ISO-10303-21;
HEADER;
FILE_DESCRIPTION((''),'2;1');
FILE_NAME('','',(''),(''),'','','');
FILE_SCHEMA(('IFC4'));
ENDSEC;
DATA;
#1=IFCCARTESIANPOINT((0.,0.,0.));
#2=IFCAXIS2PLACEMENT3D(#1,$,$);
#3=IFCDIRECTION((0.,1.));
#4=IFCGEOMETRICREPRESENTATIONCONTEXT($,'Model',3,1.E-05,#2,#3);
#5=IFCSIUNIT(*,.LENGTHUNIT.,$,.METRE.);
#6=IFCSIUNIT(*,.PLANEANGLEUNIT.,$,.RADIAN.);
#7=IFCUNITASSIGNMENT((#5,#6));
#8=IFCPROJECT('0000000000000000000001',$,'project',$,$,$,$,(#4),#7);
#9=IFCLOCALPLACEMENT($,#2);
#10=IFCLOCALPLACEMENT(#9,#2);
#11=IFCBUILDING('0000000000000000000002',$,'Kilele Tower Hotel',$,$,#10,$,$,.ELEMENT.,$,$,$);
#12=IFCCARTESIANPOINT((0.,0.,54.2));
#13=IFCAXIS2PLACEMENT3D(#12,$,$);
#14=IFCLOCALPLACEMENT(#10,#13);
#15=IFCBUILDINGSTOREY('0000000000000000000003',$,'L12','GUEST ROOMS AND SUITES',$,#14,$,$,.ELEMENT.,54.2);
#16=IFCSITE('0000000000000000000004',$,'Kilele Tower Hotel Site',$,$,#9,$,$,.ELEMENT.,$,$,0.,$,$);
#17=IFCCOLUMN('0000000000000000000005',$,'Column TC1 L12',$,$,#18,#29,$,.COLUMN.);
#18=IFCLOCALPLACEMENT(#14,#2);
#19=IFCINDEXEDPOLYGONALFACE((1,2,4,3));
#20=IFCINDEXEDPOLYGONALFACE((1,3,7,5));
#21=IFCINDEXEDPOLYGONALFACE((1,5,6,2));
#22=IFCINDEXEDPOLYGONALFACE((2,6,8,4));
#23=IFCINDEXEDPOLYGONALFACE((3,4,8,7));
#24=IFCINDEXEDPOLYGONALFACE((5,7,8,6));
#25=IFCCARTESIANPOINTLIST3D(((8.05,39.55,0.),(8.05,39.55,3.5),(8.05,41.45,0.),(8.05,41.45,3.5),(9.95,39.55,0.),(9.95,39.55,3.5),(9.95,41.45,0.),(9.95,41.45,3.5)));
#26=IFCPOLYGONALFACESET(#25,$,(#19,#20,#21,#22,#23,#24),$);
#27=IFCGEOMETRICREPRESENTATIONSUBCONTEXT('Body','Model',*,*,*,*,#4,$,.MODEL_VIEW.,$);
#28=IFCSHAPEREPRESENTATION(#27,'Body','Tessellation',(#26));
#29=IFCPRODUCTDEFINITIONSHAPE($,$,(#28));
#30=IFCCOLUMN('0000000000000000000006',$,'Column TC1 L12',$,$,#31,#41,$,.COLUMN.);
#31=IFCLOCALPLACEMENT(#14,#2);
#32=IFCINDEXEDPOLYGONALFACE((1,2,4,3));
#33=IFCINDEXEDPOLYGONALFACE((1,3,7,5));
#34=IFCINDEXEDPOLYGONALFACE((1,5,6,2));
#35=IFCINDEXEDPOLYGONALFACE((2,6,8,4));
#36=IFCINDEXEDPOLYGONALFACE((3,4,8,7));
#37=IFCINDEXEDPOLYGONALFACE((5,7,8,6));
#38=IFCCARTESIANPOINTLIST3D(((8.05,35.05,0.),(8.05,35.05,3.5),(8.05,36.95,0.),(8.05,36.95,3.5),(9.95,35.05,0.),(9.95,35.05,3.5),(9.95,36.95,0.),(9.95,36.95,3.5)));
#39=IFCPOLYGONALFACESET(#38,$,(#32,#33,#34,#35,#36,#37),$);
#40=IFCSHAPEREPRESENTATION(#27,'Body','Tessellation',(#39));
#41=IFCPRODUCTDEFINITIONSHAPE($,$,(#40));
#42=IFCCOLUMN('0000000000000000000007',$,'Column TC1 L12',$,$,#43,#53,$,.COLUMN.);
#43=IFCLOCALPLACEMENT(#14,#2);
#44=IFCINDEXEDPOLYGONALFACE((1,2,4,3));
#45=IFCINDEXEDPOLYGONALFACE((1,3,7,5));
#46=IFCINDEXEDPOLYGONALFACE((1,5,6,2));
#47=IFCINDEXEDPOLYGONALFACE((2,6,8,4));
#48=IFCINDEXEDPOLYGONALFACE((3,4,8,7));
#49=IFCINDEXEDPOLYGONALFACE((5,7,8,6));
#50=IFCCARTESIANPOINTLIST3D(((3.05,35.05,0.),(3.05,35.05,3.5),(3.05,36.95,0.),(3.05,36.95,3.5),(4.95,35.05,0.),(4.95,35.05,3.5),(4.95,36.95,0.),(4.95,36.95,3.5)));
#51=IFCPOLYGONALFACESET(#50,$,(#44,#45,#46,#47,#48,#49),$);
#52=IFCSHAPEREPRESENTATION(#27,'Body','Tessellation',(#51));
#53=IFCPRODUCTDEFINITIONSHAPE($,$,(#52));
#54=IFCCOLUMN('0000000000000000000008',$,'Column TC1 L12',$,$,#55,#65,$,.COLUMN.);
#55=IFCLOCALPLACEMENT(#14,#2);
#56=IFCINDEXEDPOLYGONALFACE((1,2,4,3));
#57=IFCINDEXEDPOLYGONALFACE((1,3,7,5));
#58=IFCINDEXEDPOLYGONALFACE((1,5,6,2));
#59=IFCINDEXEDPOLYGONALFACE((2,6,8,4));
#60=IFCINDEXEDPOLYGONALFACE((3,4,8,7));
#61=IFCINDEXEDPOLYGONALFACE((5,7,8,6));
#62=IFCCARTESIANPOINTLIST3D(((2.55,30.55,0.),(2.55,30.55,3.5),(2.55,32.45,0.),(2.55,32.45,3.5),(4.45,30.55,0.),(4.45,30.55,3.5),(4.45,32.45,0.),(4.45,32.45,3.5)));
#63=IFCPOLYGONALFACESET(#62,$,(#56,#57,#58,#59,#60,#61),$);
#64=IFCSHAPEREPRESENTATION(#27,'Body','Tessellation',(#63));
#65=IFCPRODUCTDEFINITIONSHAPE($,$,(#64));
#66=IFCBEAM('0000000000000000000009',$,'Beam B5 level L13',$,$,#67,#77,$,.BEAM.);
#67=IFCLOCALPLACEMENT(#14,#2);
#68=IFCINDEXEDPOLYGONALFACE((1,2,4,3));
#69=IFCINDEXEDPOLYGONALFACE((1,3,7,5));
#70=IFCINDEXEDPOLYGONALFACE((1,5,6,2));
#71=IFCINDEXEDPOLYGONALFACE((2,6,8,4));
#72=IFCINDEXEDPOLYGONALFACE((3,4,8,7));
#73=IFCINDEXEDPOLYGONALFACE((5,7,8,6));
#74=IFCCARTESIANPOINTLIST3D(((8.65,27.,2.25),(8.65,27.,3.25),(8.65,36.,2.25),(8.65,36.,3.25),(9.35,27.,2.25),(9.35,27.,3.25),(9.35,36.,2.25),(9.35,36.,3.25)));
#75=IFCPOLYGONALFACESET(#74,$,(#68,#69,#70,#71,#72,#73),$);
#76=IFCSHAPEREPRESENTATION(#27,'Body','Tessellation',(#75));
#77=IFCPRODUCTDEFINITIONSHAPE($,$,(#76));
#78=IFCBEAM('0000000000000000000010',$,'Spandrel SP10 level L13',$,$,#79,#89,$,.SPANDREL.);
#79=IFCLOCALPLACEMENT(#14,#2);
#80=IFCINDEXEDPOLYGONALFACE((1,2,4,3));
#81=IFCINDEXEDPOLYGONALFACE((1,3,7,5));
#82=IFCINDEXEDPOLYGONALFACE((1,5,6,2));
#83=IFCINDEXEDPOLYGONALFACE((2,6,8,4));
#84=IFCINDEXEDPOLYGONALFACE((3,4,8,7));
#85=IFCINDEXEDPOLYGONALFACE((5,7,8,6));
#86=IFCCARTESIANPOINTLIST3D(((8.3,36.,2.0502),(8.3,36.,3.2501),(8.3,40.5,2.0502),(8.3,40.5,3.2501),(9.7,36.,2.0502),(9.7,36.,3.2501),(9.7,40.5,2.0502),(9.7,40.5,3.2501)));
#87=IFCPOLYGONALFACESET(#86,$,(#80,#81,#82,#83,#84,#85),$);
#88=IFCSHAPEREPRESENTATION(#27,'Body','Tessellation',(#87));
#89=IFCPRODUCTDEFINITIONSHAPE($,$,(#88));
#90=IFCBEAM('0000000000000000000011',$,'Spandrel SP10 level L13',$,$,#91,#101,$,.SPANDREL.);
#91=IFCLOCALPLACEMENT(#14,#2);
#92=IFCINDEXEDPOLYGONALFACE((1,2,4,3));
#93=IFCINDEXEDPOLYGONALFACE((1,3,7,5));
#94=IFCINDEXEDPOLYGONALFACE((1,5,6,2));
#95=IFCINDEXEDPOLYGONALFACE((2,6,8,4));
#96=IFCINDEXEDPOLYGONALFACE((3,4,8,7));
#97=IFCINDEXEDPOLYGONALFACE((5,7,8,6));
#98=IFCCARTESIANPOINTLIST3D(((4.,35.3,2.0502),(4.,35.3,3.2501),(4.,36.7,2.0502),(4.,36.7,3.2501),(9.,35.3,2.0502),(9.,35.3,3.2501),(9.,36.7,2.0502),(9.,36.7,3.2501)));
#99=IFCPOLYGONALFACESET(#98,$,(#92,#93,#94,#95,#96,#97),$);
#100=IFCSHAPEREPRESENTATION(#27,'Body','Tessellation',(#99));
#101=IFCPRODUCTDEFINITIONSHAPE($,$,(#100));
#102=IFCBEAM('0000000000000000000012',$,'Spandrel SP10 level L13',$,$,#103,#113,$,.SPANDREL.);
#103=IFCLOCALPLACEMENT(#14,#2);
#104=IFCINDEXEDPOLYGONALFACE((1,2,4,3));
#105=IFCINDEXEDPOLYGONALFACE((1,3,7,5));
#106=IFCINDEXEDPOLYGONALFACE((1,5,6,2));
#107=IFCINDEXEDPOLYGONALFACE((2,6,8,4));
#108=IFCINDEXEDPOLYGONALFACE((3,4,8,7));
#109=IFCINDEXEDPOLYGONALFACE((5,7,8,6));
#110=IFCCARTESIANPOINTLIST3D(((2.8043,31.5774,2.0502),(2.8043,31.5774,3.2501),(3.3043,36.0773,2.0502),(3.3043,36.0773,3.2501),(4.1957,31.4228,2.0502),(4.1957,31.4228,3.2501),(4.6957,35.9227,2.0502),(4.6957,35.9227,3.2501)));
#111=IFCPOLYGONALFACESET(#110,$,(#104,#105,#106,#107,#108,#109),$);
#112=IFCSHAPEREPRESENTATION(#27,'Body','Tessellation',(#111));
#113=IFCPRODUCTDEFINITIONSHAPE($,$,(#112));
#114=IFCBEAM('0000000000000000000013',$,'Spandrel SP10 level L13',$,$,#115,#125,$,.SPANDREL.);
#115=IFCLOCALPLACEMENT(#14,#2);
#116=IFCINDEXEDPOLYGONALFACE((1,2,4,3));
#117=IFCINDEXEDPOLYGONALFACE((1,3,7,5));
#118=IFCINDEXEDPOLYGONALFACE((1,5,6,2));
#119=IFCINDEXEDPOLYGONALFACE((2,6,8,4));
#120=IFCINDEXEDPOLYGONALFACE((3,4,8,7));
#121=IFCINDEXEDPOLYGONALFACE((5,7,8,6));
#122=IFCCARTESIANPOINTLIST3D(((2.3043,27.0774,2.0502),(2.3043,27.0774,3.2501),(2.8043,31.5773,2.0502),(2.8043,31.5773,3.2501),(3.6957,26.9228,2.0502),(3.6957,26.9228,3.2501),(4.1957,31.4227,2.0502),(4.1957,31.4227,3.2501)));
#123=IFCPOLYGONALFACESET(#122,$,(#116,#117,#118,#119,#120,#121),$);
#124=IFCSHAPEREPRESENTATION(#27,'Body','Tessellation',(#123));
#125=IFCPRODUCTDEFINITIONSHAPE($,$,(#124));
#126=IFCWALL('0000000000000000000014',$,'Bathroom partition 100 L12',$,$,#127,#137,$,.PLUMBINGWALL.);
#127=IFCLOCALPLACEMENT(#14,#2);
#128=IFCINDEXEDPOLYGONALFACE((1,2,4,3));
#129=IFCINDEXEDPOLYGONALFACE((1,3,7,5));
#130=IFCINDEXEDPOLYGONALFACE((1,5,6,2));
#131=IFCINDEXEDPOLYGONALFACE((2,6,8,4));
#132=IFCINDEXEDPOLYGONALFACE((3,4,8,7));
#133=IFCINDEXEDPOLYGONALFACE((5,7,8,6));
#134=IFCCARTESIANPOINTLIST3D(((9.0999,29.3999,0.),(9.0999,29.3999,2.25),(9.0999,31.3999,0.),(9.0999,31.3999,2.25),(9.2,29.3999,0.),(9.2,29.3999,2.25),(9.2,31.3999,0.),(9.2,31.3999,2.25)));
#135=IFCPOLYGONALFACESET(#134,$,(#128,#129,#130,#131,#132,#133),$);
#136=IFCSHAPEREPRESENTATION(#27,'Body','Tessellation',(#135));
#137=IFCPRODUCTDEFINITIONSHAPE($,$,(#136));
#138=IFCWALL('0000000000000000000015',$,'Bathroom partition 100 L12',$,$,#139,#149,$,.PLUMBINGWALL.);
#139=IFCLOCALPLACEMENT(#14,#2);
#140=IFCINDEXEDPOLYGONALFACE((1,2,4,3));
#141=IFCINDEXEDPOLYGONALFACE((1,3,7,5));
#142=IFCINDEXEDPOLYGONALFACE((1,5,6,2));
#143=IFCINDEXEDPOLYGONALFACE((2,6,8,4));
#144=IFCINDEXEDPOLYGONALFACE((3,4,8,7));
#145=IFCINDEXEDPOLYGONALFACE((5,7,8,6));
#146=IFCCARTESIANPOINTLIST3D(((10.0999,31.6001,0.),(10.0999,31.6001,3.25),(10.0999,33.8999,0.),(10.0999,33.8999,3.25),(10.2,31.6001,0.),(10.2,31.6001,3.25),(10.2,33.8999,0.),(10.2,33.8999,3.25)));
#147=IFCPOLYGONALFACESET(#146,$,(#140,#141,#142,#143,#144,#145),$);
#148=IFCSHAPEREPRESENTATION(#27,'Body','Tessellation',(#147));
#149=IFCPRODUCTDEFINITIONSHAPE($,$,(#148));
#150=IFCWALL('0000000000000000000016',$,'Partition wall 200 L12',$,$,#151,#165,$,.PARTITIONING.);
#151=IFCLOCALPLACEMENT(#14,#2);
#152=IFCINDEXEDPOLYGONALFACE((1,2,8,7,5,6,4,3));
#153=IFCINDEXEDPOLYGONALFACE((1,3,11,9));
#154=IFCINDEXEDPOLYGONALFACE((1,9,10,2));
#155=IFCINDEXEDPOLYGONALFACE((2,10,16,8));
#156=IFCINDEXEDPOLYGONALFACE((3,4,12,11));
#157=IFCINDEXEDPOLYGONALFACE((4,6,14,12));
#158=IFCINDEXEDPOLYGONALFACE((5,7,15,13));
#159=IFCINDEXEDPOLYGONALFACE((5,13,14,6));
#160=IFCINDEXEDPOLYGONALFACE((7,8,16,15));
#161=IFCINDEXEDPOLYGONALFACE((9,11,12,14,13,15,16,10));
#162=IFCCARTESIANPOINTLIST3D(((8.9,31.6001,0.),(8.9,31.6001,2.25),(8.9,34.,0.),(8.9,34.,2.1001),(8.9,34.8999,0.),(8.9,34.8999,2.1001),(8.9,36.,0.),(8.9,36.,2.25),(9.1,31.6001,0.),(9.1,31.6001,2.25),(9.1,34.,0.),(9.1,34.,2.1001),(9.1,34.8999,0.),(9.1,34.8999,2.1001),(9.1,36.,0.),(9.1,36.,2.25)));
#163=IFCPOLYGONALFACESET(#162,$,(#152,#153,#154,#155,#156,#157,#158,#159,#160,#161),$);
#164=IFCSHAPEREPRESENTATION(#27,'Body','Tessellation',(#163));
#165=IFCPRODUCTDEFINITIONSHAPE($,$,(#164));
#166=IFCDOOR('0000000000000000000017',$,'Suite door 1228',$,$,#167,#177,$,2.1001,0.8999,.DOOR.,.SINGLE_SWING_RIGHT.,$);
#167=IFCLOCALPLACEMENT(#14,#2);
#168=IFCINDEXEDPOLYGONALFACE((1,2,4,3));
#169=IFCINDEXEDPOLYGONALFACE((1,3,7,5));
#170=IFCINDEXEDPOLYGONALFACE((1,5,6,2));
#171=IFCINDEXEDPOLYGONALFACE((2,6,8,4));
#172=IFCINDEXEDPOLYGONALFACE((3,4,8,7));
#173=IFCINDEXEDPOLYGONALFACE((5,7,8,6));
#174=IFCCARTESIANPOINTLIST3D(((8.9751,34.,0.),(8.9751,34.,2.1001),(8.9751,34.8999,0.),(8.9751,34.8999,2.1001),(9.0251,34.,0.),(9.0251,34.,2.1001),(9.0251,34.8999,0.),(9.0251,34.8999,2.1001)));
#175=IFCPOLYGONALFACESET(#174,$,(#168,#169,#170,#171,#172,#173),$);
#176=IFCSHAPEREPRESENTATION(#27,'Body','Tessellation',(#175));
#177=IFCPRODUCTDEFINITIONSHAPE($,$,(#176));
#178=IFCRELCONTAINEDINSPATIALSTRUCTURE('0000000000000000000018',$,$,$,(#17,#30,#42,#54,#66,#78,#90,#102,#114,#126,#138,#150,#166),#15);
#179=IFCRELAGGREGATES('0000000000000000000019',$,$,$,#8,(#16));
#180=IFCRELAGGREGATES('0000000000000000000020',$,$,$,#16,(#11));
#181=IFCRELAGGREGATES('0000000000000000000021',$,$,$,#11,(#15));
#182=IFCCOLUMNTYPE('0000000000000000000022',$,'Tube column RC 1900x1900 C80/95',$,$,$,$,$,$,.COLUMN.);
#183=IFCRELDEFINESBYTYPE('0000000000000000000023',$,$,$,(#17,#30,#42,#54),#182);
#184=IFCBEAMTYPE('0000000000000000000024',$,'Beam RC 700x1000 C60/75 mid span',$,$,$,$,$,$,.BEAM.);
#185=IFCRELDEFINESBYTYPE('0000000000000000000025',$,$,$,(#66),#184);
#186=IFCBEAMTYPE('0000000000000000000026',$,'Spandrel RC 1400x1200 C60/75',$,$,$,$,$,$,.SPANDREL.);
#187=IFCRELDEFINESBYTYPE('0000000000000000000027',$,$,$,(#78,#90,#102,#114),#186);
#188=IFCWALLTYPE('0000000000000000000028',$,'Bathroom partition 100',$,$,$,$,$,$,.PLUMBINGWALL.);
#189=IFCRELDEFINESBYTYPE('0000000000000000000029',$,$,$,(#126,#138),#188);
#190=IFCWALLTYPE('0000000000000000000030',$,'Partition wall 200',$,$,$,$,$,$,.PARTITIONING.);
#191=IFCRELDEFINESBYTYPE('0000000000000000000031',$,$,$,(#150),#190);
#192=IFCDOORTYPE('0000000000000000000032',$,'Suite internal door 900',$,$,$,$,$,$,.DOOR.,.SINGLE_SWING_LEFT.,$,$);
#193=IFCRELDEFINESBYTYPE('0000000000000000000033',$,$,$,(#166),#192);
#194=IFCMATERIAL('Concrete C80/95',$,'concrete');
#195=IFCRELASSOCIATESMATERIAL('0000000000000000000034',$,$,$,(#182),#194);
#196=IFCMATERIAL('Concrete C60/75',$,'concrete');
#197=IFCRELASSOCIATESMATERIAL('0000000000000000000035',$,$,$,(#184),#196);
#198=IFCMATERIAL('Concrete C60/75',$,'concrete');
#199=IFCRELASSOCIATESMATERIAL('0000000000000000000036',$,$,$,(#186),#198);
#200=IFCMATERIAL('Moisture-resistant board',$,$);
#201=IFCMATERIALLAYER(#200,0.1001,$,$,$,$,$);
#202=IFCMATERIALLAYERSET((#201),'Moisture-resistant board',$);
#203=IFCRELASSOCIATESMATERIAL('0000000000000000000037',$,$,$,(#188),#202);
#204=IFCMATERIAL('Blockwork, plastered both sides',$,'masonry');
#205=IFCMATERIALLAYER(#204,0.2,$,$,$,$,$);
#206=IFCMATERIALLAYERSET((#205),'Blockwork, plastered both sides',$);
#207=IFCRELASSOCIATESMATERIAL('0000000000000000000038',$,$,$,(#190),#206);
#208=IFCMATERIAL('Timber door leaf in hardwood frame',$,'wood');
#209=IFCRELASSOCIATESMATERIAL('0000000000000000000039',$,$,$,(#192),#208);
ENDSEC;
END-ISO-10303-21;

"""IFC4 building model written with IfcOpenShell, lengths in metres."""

from ifc_helpers import new_model, si_unit, direction, frame, frame_2d, origin, origin_2d, place, context, subcontext, project, spatial, rectangle, extrude, material, layer, layer_set, material_profile, profile_set, type_object, element, fill, save


model = new_model("IFC4")

# Units and contexts
model_context = context("Model", 3, precision=1e-05, world=origin(), true_north=direction((0.0, 1.0)))
body_context = subcontext(model_context, "Body", "Model", "MODEL_VIEW")
ifc_project = project(units=[si_unit("LENGTHUNIT", "METRE"), si_unit("PLANEANGLEUNIT", "RADIAN")], contexts=[model_context])

# Site, building, storey
site_placement = place(None, origin())
site = spatial("IfcSite", under=ifc_project, at=site_placement, Name="Kilele Tower Hotel Site", CompositionType="ELEMENT", RefElevation=0.0)
building_placement = place(site_placement, origin())
building = spatial("IfcBuilding", under=site, at=building_placement, Name="Kilele Tower Hotel", CompositionType="ELEMENT")
storey_placement = place(building_placement, frame((0.0, 0.0, 54.2)))
storey = spatial("IfcBuildingStorey", under=building, at=storey_placement, Name="L12", Description="GUEST ROOMS AND SUITES", CompositionType="ELEMENT", Elevation=54.2)

# Columns
ifc_material_1 = material(Name="Concrete C80/95", Category="concrete")
ifc_material_profile_1 = material_profile(ifc_material_1, rectangle(XDim=1.8999, YDim=1.8999, at=origin_2d()))
ifc_profile_set_1 = profile_set([ifc_material_profile_1], Name="Concrete C80/95")
column_type = type_object("IfcColumnType", Name="Tube column RC 1900x1900 C80/95", PredefinedType="COLUMN", material=ifc_profile_set_1)
for number, where, z_axis, x_axis, name in (
    (1, (9.0, 40.5, 0.0), (0.0, 0.0, 1.0), (1.0, 0.0, 0.0), "Column TC1 L12"),
    (2, (9.0, 36.0, 0.0), (0.0, 0.0, 1.0), (1.0, 0.0, 0.0), "Column TC1 L12"),
    (3, (4.0, 36.0, 0.0), (0.0, 0.0, 1.0), (1.0, 0.0, 0.0), "Column TC1 L12"),
    (4, (3.5, 31.5, 0.0), (0.0, 0.0, 1.0), (1.0, 0.0, 0.0), "Column TC1 L12"),
):
    element("IfcColumn", number, at=place(storey_placement, frame(where, z_axis=z_axis, x_axis=x_axis)), inside=storey, type_object=column_type, Name=name, PredefinedType="COLUMN", context=body_context, shape_type="SweptSolid", body=[
        extrude(rectangle(XDim=1.8999, YDim=1.8999, at=origin_2d()), origin(), (0.0, 0.0, 1.0), 3.5),
    ])

# Beams
ifc_material_2 = material(Name="Concrete C60/75", Category="concrete")
ifc_material_profile_2 = material_profile(ifc_material_2, rectangle(XDim=0.7, YDim=1.0, at=origin_2d()))
ifc_profile_set_2 = profile_set([ifc_material_profile_2], Name="Concrete C60/75")
beam_type_1 = type_object("IfcBeamType", Name="Beam RC 700x1000 C60/75 mid span", PredefinedType="BEAM", material=ifc_profile_set_2)
beam_1_placement = place(storey_placement, frame((9.0, 36.0, 2.75), z_axis=(0.0, -1.0, 0.0), x_axis=(1.0, 0.0, 0.0)))
element("IfcBeam", 5, at=beam_1_placement, inside=storey, type_object=beam_type_1, Name="Beam B5 level L13", PredefinedType="BEAM", context=body_context, shape_type="SweptSolid", body=[
    extrude(rectangle(XDim=0.7, YDim=1.0, at=origin_2d()), origin(), (0.0, 0.0, 1.0), 9.0),
])
ifc_material_3 = material(Name="Concrete C60/75", Category="concrete")
ifc_material_profile_3 = material_profile(ifc_material_3, rectangle(XDim=1.3999, YDim=1.2, at=origin_2d()))
ifc_profile_set_3 = profile_set([ifc_material_profile_3], Name="Concrete C60/75")
beam_type_2 = type_object("IfcBeamType", Name="Spandrel RC 1400x1200 C60/75", PredefinedType="SPANDREL", material=ifc_profile_set_3)
beam_2_placement = place(storey_placement, frame((9.0, 40.5, 2.6501), z_axis=(0.0, -1.0, 0.0), x_axis=(1.0, 0.0, 0.0)))
element("IfcBeam", 6, at=beam_2_placement, inside=storey, type_object=beam_type_2, Name="Spandrel SP10 level L13", PredefinedType="SPANDREL", context=body_context, shape_type="SweptSolid", body=[
    extrude(rectangle(XDim=1.3999, YDim=1.2, at=origin_2d()), origin(), (0.0, 0.0, 1.0), 4.5),
])
beam_3_placement = place(storey_placement, frame((9.0, 36.0, 2.6501), z_axis=(-1.0, 0.0, 0.0), x_axis=(0.0, -1.0, 0.0)))
element("IfcBeam", 7, at=beam_3_placement, inside=storey, type_object=beam_type_2, Name="Spandrel SP10 level L13", PredefinedType="SPANDREL", context=body_context, shape_type="SweptSolid", body=[
    extrude(rectangle(XDim=1.3999, YDim=1.2, at=origin_2d()), origin(), (0.0, 0.0, 1.0), 5.0),
])
for number, where, z_axis, x_axis, name in (
    (8, (4.0, 36.0, 2.6501), (-0.110432, -0.993884, 0.0), (0.993884, -0.110432, 0.0), "Spandrel SP10 level L13"),
    (9, (3.5, 31.5, 2.6501), (-0.110432, -0.993884, 0.0), (0.993884, -0.110432, 0.0), "Spandrel SP10 level L13"),
):
    element("IfcBeam", number, at=place(storey_placement, frame(where, z_axis=z_axis, x_axis=x_axis)), inside=storey, type_object=beam_type_2, Name=name, PredefinedType="SPANDREL", context=body_context, shape_type="SweptSolid", body=[
        extrude(rectangle(XDim=1.3999, YDim=1.2, at=origin_2d()), origin(), (0.0, 0.0, 1.0), 4.5276),
    ])

# Walls
ifc_material_4 = material(Name="Moisture-resistant board")
ifc_layer_1 = layer(ifc_material_4, 0.1001)
ifc_layer_set_1 = layer_set([ifc_layer_1], Name="Moisture-resistant board")
wall_type_1 = type_object("IfcWallType", Name="Bathroom partition 100", PredefinedType="PLUMBINGWALL", material=ifc_layer_set_1)
wall_1_placement = place(storey_placement, frame((9.1499, 31.3999, 0.0), z_axis=(0.0, 0.0, 1.0), x_axis=(0.0, -1.0, 0.0)))
element("IfcWall", 10, at=wall_1_placement, inside=storey, type_object=wall_type_1, Name="Bathroom partition 100 L12", PredefinedType="PLUMBINGWALL", context=body_context, shape_type="SweptSolid", body=[
    extrude(rectangle(XDim=2.0, YDim=0.1001, at=frame_2d((1.0, 0.0))), origin(), (0.0, 0.0, 1.0), 2.25),
])
wall_2_placement = place(storey_placement, frame((10.1499, 31.6001, 0.0), z_axis=(0.0, 0.0, 1.0), x_axis=(0.0, 1.0, 0.0)))
element("IfcWall", 11, at=wall_2_placement, inside=storey, type_object=wall_type_1, Name="Bathroom partition 100 L12", PredefinedType="PLUMBINGWALL", context=body_context, shape_type="SweptSolid", body=[
    extrude(rectangle(XDim=2.2998, YDim=0.1001, at=frame_2d((1.1499, 0.0))), origin(), (0.0, 0.0, 1.0), 3.25),
])

# Wall, opening, door
ifc_material_5 = material(Name="Blockwork, plastered both sides", Category="masonry")
ifc_layer_2 = layer(ifc_material_5, 0.2)
ifc_layer_set_2 = layer_set([ifc_layer_2], Name="Blockwork, plastered both sides")
wall_type_2 = type_object("IfcWallType", Name="Partition wall 200", PredefinedType="PARTITIONING", material=ifc_layer_set_2)
wall_3_placement = place(storey_placement, frame((9.0, 31.6001, 0.0), z_axis=(0.0, 0.0, 1.0), x_axis=(0.0, 1.0, 0.0)))
wall_3 = element("IfcWall", 12, at=wall_3_placement, inside=storey, type_object=wall_type_2, Name="Partition wall 200 L12", PredefinedType="PARTITIONING", context=body_context, shape_type="SweptSolid", body=[
    extrude(rectangle(XDim=4.3999, YDim=0.2, at=frame_2d((2.2, 0.0))), origin(), (0.0, 0.0, 1.0), 2.25),
])
opening_1_placement = place(wall_3_placement, frame((2.3999, 0.0, 0.0)))
opening_1 = element("IfcOpeningElement", 13, at=opening_1_placement, cuts=wall_3, PredefinedType="OPENING", context=body_context, shape_type="SweptSolid", body=[
    extrude(rectangle(XDim=0.8999, YDim=2.1001, at=frame_2d((0.45, 1.05))), frame((0.0, 0.1099, 0.0), z_axis=(0.0, -1.0, 0.0), x_axis=(1.0, 0.0, 0.0)), (0.0, 0.0, 1.0), 0.22),
])
ifc_material_6 = material(Name="Timber door leaf in hardwood frame", Category="wood")
door_type = type_object("IfcDoorType", Name="Suite internal door 900", OperationType="SINGLE_SWING_LEFT", PredefinedType="DOOR", material=ifc_material_6)
door_placement = place(opening_1_placement, origin())
door = element("IfcDoor", 14, at=door_placement, inside=storey, type_object=door_type, Name="Suite door 1228", OperationType="SINGLE_SWING_RIGHT", OverallHeight=2.1001, OverallWidth=0.8999, PredefinedType="DOOR", context=body_context, shape_type="SweptSolid", body=[
    extrude(rectangle(XDim=0.8999, YDim=2.1001, at=frame_2d((0.45, 1.05))), frame((0.0, 0.0249, 0.0), z_axis=(0.0, -1.0, 0.0), x_axis=(1.0, 0.0, 0.0)), (0.0, 0.0, 1.0), 0.05),
])
fill(opening_1, door)

save(model, "model.ifc")
